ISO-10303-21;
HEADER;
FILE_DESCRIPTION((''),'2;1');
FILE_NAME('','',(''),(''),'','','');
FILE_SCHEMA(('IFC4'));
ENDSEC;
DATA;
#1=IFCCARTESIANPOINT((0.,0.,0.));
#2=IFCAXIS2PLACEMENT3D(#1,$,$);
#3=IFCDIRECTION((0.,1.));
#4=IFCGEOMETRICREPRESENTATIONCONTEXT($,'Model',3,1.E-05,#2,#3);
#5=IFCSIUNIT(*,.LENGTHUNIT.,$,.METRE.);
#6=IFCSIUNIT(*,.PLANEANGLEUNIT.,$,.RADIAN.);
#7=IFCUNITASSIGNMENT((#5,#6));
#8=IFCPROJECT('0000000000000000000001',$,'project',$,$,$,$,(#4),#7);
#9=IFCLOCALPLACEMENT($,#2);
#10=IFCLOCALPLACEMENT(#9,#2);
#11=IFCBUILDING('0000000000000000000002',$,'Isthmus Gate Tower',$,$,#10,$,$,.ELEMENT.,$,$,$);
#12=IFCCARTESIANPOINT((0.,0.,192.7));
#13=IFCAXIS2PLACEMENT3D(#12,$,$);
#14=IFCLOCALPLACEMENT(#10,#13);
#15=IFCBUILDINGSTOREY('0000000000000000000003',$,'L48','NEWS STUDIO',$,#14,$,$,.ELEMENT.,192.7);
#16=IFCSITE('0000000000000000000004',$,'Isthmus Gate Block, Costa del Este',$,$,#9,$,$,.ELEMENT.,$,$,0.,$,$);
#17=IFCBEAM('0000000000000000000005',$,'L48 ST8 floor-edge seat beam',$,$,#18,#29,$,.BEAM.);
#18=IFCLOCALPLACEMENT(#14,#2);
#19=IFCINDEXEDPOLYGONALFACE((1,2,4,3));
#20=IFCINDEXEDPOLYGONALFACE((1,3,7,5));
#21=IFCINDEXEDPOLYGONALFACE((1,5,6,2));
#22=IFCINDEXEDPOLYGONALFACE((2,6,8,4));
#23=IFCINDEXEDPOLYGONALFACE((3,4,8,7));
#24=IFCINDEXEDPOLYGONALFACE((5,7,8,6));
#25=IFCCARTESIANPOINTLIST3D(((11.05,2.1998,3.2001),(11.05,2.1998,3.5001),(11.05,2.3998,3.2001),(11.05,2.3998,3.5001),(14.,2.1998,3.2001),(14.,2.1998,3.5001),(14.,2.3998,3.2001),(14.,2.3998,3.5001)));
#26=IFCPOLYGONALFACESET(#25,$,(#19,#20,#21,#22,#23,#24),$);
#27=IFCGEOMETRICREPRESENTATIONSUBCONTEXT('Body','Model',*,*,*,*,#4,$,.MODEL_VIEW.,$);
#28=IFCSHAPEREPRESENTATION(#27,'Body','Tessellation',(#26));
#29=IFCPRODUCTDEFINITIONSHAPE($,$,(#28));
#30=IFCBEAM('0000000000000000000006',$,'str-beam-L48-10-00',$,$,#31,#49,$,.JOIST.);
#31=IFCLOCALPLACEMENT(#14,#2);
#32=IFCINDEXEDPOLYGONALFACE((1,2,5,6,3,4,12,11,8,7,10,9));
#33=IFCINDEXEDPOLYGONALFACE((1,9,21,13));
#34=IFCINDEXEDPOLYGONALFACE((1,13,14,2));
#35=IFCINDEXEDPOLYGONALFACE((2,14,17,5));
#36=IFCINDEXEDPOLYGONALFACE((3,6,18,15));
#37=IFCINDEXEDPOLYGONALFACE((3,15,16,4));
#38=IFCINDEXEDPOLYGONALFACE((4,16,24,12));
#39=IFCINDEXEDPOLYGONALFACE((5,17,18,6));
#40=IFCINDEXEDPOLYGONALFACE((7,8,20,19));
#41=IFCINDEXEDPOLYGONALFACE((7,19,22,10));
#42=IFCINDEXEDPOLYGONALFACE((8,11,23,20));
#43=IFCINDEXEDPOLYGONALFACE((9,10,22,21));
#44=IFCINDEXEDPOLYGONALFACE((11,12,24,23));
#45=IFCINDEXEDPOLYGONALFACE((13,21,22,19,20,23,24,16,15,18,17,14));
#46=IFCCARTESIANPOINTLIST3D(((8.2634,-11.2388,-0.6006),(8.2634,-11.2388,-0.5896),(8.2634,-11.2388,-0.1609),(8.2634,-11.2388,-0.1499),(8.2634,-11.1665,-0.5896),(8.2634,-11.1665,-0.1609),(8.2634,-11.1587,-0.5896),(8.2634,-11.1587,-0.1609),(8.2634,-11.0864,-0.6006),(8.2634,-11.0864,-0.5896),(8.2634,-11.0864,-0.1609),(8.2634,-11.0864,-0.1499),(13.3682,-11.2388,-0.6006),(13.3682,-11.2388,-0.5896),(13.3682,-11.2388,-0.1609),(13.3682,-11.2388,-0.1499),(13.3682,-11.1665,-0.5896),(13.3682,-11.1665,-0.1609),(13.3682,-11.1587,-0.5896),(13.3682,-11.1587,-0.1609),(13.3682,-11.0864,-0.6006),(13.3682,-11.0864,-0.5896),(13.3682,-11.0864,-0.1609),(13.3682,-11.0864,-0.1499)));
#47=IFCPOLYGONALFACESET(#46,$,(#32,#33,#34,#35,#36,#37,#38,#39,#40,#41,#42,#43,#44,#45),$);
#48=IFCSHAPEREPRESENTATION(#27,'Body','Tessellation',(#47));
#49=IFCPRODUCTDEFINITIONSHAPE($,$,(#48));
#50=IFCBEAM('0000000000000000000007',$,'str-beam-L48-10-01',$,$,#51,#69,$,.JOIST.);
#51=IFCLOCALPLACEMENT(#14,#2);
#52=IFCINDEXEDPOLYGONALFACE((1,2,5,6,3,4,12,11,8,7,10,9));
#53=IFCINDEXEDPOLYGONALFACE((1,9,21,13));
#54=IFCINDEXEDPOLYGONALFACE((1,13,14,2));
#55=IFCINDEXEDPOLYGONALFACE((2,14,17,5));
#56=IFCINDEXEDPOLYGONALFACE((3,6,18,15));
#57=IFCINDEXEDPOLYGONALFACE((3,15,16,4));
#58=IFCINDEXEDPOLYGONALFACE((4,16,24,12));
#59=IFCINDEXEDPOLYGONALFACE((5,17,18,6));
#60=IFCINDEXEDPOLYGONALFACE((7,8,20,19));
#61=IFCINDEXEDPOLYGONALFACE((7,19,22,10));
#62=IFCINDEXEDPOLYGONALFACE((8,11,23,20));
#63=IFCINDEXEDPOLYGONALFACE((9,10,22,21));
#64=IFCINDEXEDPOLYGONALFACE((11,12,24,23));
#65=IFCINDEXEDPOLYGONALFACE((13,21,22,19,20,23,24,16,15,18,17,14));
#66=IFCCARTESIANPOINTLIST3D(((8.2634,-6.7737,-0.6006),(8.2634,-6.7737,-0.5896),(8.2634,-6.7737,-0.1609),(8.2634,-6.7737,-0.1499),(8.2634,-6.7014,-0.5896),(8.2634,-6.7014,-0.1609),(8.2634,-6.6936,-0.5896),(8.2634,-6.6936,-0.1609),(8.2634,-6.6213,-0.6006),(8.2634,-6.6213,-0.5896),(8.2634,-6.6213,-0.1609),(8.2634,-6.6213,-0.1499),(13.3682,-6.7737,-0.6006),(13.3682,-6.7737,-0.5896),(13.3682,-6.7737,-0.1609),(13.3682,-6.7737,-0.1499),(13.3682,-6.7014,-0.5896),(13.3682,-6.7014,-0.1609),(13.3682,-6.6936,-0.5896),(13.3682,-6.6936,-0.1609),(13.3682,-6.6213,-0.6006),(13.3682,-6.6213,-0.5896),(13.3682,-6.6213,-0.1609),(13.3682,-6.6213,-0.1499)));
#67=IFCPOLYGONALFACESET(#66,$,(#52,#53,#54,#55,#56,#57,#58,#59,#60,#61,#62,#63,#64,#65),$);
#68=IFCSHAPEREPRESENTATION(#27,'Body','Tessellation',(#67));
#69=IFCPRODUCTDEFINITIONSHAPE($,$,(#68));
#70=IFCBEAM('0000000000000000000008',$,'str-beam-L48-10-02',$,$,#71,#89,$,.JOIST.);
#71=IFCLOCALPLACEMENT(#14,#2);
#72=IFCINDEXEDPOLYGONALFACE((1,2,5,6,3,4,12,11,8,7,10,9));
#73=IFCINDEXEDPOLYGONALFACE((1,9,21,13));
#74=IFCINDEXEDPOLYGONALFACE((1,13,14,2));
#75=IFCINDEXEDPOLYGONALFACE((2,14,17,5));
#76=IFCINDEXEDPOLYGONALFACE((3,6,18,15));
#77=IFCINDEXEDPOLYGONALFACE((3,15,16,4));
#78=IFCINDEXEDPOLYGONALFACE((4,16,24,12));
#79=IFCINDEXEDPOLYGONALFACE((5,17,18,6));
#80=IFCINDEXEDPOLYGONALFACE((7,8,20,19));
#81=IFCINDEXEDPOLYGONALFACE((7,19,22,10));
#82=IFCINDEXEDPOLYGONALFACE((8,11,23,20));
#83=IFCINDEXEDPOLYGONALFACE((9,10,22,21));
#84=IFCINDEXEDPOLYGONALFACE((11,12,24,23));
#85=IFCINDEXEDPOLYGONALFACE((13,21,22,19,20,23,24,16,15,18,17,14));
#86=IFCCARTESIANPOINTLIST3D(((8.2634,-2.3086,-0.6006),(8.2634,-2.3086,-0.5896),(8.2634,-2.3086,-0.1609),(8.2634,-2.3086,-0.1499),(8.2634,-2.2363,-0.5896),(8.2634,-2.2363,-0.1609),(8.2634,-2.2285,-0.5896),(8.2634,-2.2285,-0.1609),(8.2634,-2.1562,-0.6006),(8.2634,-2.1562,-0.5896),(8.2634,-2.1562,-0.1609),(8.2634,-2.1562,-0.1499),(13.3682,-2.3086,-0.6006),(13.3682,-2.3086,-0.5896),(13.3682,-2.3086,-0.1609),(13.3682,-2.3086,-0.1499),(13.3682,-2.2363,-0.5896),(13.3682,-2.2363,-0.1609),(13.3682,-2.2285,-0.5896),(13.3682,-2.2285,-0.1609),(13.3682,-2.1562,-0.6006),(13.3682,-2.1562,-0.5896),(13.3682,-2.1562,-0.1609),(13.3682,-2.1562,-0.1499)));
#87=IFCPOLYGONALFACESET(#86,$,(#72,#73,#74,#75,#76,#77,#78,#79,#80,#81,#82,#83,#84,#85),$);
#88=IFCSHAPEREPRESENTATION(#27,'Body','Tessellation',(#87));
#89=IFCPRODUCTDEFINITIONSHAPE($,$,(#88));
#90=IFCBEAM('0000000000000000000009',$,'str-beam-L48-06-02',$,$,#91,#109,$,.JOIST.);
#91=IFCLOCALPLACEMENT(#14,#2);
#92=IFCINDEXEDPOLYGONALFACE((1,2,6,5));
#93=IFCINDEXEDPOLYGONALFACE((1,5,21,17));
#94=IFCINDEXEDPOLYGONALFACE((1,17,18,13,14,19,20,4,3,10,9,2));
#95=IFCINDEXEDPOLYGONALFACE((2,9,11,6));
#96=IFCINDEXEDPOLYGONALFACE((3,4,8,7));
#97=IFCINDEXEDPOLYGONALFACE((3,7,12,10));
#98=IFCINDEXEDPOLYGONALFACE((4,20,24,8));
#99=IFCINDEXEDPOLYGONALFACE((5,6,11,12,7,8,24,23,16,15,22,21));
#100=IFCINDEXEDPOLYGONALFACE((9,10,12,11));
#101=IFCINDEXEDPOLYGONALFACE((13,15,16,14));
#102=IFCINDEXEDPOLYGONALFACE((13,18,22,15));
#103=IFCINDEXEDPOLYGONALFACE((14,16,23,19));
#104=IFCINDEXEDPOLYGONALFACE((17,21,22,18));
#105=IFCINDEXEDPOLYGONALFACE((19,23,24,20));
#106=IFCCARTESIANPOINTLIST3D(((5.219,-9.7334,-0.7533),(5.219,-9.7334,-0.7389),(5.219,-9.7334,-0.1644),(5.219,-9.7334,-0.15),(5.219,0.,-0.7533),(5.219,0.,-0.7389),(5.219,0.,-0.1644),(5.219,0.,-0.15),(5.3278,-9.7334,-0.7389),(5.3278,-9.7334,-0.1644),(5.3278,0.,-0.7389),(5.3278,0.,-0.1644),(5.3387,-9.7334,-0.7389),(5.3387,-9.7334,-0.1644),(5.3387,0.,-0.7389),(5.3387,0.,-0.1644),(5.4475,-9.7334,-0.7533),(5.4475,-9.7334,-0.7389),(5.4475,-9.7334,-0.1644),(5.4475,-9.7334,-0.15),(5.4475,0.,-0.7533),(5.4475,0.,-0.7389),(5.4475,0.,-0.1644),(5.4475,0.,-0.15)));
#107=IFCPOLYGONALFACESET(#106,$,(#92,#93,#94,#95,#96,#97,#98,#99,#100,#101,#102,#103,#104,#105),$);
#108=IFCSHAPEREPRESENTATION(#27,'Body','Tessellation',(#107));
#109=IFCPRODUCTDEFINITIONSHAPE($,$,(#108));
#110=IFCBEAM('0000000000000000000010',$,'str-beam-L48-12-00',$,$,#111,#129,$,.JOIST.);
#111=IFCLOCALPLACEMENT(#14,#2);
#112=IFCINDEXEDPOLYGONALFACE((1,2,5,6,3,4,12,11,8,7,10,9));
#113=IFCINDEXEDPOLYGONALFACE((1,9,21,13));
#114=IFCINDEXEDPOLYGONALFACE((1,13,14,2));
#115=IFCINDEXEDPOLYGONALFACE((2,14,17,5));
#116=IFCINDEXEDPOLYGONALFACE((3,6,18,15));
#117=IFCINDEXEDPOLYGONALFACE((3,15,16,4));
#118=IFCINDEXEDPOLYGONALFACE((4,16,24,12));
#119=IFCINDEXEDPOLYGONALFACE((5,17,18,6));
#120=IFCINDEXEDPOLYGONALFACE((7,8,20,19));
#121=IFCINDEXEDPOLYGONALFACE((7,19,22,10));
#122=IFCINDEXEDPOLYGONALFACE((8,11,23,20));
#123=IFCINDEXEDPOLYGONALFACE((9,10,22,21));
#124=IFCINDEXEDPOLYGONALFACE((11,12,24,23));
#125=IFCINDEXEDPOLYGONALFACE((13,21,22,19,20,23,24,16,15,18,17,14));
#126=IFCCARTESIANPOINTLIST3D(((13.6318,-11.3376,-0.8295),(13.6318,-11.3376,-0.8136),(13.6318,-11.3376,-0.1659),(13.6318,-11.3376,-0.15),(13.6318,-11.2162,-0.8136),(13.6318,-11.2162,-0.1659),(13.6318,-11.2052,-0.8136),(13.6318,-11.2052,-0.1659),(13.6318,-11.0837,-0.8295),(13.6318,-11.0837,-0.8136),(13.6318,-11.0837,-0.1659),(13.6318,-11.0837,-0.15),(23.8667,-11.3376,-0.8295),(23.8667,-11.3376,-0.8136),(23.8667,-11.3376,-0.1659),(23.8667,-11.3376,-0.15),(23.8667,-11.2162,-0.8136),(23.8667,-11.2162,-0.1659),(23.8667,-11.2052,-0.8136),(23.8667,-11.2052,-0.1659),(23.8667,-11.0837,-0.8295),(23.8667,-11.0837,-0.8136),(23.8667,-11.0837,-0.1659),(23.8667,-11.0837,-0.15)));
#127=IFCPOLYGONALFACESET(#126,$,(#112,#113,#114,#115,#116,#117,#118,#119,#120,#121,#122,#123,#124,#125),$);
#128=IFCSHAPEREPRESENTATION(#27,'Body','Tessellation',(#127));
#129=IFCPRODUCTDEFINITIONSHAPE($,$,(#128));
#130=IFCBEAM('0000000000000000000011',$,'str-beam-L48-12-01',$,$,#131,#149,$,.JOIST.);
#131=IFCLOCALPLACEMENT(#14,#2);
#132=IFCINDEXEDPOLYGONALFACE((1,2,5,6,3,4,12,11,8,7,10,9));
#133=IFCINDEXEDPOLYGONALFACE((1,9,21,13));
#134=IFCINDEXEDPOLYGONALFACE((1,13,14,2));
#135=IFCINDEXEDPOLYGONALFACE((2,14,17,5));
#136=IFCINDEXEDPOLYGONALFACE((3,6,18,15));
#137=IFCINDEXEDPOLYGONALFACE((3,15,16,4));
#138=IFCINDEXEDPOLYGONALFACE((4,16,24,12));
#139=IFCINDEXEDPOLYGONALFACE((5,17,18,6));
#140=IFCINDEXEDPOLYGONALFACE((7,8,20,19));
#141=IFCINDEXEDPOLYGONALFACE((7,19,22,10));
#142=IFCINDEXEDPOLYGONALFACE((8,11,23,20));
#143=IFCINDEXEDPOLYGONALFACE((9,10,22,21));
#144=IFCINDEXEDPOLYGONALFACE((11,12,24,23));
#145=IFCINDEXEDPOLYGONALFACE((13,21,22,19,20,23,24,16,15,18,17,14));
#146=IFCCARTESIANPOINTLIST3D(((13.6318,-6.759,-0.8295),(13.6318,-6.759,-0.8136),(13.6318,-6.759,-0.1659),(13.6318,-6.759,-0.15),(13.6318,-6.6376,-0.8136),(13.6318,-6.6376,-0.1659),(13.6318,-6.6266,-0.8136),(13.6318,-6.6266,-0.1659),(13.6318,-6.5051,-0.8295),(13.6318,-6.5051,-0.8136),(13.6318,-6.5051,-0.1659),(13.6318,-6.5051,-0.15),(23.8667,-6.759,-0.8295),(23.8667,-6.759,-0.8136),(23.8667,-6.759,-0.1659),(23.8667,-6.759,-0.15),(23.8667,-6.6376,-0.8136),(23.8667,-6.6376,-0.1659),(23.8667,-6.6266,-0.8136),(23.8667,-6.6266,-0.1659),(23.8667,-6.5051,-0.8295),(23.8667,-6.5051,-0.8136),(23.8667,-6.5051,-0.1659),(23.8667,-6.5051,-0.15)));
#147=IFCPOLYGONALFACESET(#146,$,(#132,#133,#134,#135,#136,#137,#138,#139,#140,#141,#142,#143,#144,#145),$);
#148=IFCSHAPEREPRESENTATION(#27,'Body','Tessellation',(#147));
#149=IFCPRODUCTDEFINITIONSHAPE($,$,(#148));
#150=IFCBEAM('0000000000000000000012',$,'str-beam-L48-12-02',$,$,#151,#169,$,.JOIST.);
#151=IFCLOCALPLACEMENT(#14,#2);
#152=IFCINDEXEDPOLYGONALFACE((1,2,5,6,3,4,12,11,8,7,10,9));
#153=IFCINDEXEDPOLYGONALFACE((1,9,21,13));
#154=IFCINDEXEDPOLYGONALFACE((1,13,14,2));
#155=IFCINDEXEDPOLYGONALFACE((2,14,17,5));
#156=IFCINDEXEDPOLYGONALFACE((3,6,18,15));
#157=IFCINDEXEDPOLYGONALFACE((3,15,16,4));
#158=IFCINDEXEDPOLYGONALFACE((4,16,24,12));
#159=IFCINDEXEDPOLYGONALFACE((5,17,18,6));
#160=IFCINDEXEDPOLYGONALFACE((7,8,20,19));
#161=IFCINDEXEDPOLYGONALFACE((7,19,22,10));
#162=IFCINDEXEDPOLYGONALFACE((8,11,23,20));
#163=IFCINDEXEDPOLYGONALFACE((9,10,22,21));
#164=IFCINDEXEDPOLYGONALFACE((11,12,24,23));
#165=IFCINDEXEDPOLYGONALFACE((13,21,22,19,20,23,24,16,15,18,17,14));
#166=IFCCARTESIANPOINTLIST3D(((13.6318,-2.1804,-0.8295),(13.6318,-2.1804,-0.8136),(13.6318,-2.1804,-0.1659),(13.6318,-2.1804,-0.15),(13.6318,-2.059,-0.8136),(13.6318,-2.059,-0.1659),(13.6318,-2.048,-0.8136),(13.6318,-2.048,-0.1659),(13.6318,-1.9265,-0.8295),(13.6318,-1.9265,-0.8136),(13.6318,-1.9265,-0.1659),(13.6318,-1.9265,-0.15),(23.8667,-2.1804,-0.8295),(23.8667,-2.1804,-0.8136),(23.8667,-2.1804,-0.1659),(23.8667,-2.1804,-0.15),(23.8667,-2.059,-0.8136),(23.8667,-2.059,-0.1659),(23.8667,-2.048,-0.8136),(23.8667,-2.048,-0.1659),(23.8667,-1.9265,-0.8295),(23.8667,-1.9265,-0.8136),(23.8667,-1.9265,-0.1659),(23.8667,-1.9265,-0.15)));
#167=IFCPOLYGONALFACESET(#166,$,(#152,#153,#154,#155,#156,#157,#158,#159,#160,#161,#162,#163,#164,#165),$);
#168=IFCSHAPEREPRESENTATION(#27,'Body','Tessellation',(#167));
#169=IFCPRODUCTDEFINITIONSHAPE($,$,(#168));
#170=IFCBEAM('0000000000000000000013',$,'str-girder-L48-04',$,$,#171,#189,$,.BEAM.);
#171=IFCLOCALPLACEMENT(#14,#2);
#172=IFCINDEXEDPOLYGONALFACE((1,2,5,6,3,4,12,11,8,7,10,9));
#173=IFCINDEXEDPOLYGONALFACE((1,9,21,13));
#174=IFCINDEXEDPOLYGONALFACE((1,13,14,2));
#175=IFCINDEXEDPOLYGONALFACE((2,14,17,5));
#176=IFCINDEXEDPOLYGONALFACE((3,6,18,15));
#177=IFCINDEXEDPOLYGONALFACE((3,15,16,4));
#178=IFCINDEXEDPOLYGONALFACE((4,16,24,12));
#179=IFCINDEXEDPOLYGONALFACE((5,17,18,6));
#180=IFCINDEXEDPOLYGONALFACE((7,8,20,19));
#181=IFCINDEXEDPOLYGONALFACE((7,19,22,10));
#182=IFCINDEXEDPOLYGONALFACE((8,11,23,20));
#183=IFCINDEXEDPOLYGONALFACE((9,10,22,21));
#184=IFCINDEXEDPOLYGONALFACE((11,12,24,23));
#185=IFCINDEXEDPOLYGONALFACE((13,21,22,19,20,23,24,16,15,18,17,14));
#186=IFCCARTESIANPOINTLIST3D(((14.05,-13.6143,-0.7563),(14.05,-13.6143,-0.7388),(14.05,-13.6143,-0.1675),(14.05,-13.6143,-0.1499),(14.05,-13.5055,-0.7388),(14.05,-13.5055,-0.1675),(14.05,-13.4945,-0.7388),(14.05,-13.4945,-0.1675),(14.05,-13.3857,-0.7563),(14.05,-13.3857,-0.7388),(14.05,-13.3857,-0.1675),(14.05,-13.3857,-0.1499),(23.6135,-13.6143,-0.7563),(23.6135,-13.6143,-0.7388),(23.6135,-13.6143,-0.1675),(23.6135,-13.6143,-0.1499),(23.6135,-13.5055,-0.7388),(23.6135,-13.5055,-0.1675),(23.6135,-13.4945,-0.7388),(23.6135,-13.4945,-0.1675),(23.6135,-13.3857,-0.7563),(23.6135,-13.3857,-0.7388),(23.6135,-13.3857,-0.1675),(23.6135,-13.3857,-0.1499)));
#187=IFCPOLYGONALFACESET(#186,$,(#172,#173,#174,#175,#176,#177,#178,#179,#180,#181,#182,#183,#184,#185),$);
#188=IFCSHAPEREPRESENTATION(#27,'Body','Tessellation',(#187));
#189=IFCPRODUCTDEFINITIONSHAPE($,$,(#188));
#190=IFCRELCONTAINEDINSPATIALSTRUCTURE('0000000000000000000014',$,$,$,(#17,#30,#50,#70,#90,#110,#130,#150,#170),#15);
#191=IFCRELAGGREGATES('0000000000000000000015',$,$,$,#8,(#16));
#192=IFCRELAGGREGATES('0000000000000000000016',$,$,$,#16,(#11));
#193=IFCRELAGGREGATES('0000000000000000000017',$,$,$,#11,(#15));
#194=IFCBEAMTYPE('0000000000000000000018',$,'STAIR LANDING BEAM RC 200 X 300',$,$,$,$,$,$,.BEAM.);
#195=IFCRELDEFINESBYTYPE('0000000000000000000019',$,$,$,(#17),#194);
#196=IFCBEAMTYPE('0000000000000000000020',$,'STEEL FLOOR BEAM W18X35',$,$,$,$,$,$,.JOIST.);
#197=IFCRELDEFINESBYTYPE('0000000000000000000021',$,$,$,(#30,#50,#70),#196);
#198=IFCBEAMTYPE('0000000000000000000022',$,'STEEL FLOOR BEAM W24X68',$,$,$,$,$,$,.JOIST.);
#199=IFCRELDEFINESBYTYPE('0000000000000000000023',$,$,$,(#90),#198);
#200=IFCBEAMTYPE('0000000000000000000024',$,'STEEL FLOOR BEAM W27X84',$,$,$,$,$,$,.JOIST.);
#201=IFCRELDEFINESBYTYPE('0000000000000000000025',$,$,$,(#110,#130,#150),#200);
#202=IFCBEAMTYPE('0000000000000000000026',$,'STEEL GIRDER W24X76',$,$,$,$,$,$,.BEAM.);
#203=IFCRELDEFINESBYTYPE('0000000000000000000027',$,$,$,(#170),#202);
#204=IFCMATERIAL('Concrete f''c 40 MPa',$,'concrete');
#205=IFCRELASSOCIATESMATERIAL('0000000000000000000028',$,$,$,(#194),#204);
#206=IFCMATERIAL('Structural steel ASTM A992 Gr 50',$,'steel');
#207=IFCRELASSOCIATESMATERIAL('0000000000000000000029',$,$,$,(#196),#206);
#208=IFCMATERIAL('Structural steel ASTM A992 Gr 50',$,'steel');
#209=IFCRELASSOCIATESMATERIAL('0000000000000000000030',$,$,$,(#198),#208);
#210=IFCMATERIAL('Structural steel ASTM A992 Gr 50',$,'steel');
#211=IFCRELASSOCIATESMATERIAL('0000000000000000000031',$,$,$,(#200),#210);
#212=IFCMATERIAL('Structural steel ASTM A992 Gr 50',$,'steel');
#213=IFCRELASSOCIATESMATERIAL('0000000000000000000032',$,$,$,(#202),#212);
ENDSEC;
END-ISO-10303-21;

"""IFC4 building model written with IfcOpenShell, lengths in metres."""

from ifc_helpers import new_model, si_unit, direction, frame, origin, origin_2d, place, context, subcontext, project, spatial, rectangle, i_section, extrude, material, material_profile, profile_set, type_object, element, save


model = new_model("IFC4")

# Units and contexts
model_context = context("Model", 3, precision=1e-05, world=origin(), true_north=direction((0.0, 1.0)))
body_context = subcontext(model_context, "Body", "Model", "MODEL_VIEW")
ifc_project = project(units=[si_unit("LENGTHUNIT", "METRE"), si_unit("PLANEANGLEUNIT", "RADIAN")], contexts=[model_context])

# Site, building, storey
site_placement = place(None, origin())
site = spatial("IfcSite", under=ifc_project, at=site_placement, Name="Isthmus Gate Block, Costa del Este", CompositionType="ELEMENT", RefElevation=0.0)
building_placement = place(site_placement, origin())
building = spatial("IfcBuilding", under=site, at=building_placement, Name="Isthmus Gate Tower", CompositionType="ELEMENT")
storey_placement = place(building_placement, frame((0.0, 0.0, 192.7)))
storey = spatial("IfcBuildingStorey", under=building, at=storey_placement, Name="L48", Description="NEWS STUDIO", CompositionType="ELEMENT", Elevation=192.7)

# Beams
ifc_material_1 = material(Name="Concrete f'c 40 MPa", Category="concrete")
ifc_material_profile_1 = material_profile(ifc_material_1, rectangle(XDim=0.2, YDim=0.3, at=origin_2d()), Name="STAIR LANDING BEAM RC 200 X 300")
ifc_profile_set_1 = profile_set([ifc_material_profile_1], Name="Concrete f'c 40 MPa")
beam_type_1 = type_object("IfcBeamType", Name="STAIR LANDING BEAM RC 200 X 300", PredefinedType="BEAM", material=ifc_profile_set_1)
beam_1_placement = place(storey_placement, frame((11.05, 2.2998, 3.3501), z_axis=(1.0, 0.0, 0.0), x_axis=(0.0, 1.0, 0.0)))
element("IfcBeam", 1, at=beam_1_placement, inside=storey, type_object=beam_type_1, Name="L48 ST8 floor-edge seat beam", PredefinedType="BEAM", context=body_context, shape_type="SweptSolid", body=[
    extrude(rectangle(XDim=0.2, YDim=0.3, at=origin_2d()), origin(), (0.0, 0.0, 1.0), 2.95),
])
ifc_material_2 = material(Name="Structural steel ASTM A992 Gr 50", Category="steel")
ifc_material_profile_2 = material_profile(ifc_material_2, i_section(OverallWidth=0.1523, OverallDepth=0.4507, WebThickness=0.0078, FlangeThickness=0.011, at=origin_2d()), Name="W18X35")
ifc_profile_set_2 = profile_set([ifc_material_profile_2], Name="Structural steel ASTM A992 Gr 50")
beam_type_2 = type_object("IfcBeamType", Name="STEEL FLOOR BEAM W18X35", PredefinedType="JOIST", material=ifc_profile_set_2)
for number, where, z_axis, x_axis, name in (
    (2, (8.2634, -11.1626, -0.3752), (1.0, 0.0, 0.0), (0.0, 1.0, 0.0), "str-beam-L48-10-00"),
    (3, (8.2634, -6.6975, -0.3752), (1.0, 0.0, 0.0), (0.0, 1.0, 0.0), "str-beam-L48-10-01"),
    (4, (8.2634, -2.2324, -0.3752), (1.0, 0.0, 0.0), (0.0, 1.0, 0.0), "str-beam-L48-10-02"),
):
    element("IfcBeam", number, at=place(storey_placement, frame(where, z_axis=z_axis, x_axis=x_axis)), inside=storey, type_object=beam_type_2, Name=name, PredefinedType="JOIST", context=body_context, shape_type="SweptSolid", body=[
        extrude(i_section(OverallWidth=0.1523, OverallDepth=0.4507, WebThickness=0.0078, FlangeThickness=0.011, at=origin_2d()), origin(), (0.0, 0.0, 1.0), 5.1047),
    ])
ifc_material_3 = material(Name="Structural steel ASTM A992 Gr 50", Category="steel")
ifc_material_profile_3 = material_profile(ifc_material_3, i_section(OverallWidth=0.2285, OverallDepth=0.6033, WebThickness=0.011, FlangeThickness=0.0144, at=origin_2d()), Name="W24X68")
ifc_profile_set_3 = profile_set([ifc_material_profile_3], Name="Structural steel ASTM A992 Gr 50")
beam_type_3 = type_object("IfcBeamType", Name="STEEL FLOOR BEAM W24X68", PredefinedType="JOIST", material=ifc_profile_set_3)
beam_2_placement = place(storey_placement, frame((5.3333, -9.7334, -0.4517), z_axis=(0.0, 1.0, 0.0), x_axis=(-1.0, 0.0, 0.0)))
element("IfcBeam", 5, at=beam_2_placement, inside=storey, type_object=beam_type_3, Name="str-beam-L48-06-02", PredefinedType="JOIST", context=body_context, shape_type="SweptSolid", body=[
    extrude(i_section(OverallWidth=0.2285, OverallDepth=0.6033, WebThickness=0.011, FlangeThickness=0.0144, at=origin_2d()), origin(), (0.0, 0.0, 1.0), 9.7334),
])
ifc_material_4 = material(Name="Structural steel ASTM A992 Gr 50", Category="steel")
ifc_material_profile_4 = material_profile(ifc_material_4, i_section(OverallWidth=0.2539, OverallDepth=0.6794, WebThickness=0.011, FlangeThickness=0.0159, at=origin_2d()), Name="W27X84")
ifc_profile_set_4 = profile_set([ifc_material_profile_4], Name="Structural steel ASTM A992 Gr 50")
beam_type_4 = type_object("IfcBeamType", Name="STEEL FLOOR BEAM W27X84", PredefinedType="JOIST", material=ifc_profile_set_4)
for number, where, z_axis, x_axis, name in (
    (6, (13.6318, -11.2107, -0.4897), (1.0, 0.0, 0.0), (0.0, 1.0, 0.0), "str-beam-L48-12-00"),
    (7, (13.6318, -6.6321, -0.4897), (1.0, 0.0, 0.0), (0.0, 1.0, 0.0), "str-beam-L48-12-01"),
    (8, (13.6318, -2.0535, -0.4897), (1.0, 0.0, 0.0), (0.0, 1.0, 0.0), "str-beam-L48-12-02"),
):
    element("IfcBeam", number, at=place(storey_placement, frame(where, z_axis=z_axis, x_axis=x_axis)), inside=storey, type_object=beam_type_4, Name=name, PredefinedType="JOIST", context=body_context, shape_type="SweptSolid", body=[
        extrude(i_section(OverallWidth=0.2539, OverallDepth=0.6794, WebThickness=0.011, FlangeThickness=0.0159, at=origin_2d()), origin(), (0.0, 0.0, 1.0), 10.2349),
    ])
ifc_material_5 = material(Name="Structural steel ASTM A992 Gr 50", Category="steel")
ifc_material_profile_5 = material_profile(ifc_material_5, i_section(OverallWidth=0.2285, OverallDepth=0.6064, WebThickness=0.011, FlangeThickness=0.0176, at=origin_2d()), Name="W24X76")
ifc_profile_set_5 = profile_set([ifc_material_profile_5], Name="Structural steel ASTM A992 Gr 50")
beam_type_5 = type_object("IfcBeamType", Name="STEEL GIRDER W24X76", PredefinedType="BEAM", material=ifc_profile_set_5)
beam_3_placement = place(storey_placement, frame((14.05, -13.5, -0.4531), z_axis=(1.0, 0.0, 0.0), x_axis=(0.0, 1.0, 0.0)))
element("IfcBeam", 9, at=beam_3_placement, inside=storey, type_object=beam_type_5, Name="str-girder-L48-04", PredefinedType="BEAM", context=body_context, shape_type="SweptSolid", body=[
    extrude(i_section(OverallWidth=0.2285, OverallDepth=0.6064, WebThickness=0.011, FlangeThickness=0.0176, at=origin_2d()), origin(), (0.0, 0.0, 1.0), 9.5635),
])

save(model, "model.ifc")
